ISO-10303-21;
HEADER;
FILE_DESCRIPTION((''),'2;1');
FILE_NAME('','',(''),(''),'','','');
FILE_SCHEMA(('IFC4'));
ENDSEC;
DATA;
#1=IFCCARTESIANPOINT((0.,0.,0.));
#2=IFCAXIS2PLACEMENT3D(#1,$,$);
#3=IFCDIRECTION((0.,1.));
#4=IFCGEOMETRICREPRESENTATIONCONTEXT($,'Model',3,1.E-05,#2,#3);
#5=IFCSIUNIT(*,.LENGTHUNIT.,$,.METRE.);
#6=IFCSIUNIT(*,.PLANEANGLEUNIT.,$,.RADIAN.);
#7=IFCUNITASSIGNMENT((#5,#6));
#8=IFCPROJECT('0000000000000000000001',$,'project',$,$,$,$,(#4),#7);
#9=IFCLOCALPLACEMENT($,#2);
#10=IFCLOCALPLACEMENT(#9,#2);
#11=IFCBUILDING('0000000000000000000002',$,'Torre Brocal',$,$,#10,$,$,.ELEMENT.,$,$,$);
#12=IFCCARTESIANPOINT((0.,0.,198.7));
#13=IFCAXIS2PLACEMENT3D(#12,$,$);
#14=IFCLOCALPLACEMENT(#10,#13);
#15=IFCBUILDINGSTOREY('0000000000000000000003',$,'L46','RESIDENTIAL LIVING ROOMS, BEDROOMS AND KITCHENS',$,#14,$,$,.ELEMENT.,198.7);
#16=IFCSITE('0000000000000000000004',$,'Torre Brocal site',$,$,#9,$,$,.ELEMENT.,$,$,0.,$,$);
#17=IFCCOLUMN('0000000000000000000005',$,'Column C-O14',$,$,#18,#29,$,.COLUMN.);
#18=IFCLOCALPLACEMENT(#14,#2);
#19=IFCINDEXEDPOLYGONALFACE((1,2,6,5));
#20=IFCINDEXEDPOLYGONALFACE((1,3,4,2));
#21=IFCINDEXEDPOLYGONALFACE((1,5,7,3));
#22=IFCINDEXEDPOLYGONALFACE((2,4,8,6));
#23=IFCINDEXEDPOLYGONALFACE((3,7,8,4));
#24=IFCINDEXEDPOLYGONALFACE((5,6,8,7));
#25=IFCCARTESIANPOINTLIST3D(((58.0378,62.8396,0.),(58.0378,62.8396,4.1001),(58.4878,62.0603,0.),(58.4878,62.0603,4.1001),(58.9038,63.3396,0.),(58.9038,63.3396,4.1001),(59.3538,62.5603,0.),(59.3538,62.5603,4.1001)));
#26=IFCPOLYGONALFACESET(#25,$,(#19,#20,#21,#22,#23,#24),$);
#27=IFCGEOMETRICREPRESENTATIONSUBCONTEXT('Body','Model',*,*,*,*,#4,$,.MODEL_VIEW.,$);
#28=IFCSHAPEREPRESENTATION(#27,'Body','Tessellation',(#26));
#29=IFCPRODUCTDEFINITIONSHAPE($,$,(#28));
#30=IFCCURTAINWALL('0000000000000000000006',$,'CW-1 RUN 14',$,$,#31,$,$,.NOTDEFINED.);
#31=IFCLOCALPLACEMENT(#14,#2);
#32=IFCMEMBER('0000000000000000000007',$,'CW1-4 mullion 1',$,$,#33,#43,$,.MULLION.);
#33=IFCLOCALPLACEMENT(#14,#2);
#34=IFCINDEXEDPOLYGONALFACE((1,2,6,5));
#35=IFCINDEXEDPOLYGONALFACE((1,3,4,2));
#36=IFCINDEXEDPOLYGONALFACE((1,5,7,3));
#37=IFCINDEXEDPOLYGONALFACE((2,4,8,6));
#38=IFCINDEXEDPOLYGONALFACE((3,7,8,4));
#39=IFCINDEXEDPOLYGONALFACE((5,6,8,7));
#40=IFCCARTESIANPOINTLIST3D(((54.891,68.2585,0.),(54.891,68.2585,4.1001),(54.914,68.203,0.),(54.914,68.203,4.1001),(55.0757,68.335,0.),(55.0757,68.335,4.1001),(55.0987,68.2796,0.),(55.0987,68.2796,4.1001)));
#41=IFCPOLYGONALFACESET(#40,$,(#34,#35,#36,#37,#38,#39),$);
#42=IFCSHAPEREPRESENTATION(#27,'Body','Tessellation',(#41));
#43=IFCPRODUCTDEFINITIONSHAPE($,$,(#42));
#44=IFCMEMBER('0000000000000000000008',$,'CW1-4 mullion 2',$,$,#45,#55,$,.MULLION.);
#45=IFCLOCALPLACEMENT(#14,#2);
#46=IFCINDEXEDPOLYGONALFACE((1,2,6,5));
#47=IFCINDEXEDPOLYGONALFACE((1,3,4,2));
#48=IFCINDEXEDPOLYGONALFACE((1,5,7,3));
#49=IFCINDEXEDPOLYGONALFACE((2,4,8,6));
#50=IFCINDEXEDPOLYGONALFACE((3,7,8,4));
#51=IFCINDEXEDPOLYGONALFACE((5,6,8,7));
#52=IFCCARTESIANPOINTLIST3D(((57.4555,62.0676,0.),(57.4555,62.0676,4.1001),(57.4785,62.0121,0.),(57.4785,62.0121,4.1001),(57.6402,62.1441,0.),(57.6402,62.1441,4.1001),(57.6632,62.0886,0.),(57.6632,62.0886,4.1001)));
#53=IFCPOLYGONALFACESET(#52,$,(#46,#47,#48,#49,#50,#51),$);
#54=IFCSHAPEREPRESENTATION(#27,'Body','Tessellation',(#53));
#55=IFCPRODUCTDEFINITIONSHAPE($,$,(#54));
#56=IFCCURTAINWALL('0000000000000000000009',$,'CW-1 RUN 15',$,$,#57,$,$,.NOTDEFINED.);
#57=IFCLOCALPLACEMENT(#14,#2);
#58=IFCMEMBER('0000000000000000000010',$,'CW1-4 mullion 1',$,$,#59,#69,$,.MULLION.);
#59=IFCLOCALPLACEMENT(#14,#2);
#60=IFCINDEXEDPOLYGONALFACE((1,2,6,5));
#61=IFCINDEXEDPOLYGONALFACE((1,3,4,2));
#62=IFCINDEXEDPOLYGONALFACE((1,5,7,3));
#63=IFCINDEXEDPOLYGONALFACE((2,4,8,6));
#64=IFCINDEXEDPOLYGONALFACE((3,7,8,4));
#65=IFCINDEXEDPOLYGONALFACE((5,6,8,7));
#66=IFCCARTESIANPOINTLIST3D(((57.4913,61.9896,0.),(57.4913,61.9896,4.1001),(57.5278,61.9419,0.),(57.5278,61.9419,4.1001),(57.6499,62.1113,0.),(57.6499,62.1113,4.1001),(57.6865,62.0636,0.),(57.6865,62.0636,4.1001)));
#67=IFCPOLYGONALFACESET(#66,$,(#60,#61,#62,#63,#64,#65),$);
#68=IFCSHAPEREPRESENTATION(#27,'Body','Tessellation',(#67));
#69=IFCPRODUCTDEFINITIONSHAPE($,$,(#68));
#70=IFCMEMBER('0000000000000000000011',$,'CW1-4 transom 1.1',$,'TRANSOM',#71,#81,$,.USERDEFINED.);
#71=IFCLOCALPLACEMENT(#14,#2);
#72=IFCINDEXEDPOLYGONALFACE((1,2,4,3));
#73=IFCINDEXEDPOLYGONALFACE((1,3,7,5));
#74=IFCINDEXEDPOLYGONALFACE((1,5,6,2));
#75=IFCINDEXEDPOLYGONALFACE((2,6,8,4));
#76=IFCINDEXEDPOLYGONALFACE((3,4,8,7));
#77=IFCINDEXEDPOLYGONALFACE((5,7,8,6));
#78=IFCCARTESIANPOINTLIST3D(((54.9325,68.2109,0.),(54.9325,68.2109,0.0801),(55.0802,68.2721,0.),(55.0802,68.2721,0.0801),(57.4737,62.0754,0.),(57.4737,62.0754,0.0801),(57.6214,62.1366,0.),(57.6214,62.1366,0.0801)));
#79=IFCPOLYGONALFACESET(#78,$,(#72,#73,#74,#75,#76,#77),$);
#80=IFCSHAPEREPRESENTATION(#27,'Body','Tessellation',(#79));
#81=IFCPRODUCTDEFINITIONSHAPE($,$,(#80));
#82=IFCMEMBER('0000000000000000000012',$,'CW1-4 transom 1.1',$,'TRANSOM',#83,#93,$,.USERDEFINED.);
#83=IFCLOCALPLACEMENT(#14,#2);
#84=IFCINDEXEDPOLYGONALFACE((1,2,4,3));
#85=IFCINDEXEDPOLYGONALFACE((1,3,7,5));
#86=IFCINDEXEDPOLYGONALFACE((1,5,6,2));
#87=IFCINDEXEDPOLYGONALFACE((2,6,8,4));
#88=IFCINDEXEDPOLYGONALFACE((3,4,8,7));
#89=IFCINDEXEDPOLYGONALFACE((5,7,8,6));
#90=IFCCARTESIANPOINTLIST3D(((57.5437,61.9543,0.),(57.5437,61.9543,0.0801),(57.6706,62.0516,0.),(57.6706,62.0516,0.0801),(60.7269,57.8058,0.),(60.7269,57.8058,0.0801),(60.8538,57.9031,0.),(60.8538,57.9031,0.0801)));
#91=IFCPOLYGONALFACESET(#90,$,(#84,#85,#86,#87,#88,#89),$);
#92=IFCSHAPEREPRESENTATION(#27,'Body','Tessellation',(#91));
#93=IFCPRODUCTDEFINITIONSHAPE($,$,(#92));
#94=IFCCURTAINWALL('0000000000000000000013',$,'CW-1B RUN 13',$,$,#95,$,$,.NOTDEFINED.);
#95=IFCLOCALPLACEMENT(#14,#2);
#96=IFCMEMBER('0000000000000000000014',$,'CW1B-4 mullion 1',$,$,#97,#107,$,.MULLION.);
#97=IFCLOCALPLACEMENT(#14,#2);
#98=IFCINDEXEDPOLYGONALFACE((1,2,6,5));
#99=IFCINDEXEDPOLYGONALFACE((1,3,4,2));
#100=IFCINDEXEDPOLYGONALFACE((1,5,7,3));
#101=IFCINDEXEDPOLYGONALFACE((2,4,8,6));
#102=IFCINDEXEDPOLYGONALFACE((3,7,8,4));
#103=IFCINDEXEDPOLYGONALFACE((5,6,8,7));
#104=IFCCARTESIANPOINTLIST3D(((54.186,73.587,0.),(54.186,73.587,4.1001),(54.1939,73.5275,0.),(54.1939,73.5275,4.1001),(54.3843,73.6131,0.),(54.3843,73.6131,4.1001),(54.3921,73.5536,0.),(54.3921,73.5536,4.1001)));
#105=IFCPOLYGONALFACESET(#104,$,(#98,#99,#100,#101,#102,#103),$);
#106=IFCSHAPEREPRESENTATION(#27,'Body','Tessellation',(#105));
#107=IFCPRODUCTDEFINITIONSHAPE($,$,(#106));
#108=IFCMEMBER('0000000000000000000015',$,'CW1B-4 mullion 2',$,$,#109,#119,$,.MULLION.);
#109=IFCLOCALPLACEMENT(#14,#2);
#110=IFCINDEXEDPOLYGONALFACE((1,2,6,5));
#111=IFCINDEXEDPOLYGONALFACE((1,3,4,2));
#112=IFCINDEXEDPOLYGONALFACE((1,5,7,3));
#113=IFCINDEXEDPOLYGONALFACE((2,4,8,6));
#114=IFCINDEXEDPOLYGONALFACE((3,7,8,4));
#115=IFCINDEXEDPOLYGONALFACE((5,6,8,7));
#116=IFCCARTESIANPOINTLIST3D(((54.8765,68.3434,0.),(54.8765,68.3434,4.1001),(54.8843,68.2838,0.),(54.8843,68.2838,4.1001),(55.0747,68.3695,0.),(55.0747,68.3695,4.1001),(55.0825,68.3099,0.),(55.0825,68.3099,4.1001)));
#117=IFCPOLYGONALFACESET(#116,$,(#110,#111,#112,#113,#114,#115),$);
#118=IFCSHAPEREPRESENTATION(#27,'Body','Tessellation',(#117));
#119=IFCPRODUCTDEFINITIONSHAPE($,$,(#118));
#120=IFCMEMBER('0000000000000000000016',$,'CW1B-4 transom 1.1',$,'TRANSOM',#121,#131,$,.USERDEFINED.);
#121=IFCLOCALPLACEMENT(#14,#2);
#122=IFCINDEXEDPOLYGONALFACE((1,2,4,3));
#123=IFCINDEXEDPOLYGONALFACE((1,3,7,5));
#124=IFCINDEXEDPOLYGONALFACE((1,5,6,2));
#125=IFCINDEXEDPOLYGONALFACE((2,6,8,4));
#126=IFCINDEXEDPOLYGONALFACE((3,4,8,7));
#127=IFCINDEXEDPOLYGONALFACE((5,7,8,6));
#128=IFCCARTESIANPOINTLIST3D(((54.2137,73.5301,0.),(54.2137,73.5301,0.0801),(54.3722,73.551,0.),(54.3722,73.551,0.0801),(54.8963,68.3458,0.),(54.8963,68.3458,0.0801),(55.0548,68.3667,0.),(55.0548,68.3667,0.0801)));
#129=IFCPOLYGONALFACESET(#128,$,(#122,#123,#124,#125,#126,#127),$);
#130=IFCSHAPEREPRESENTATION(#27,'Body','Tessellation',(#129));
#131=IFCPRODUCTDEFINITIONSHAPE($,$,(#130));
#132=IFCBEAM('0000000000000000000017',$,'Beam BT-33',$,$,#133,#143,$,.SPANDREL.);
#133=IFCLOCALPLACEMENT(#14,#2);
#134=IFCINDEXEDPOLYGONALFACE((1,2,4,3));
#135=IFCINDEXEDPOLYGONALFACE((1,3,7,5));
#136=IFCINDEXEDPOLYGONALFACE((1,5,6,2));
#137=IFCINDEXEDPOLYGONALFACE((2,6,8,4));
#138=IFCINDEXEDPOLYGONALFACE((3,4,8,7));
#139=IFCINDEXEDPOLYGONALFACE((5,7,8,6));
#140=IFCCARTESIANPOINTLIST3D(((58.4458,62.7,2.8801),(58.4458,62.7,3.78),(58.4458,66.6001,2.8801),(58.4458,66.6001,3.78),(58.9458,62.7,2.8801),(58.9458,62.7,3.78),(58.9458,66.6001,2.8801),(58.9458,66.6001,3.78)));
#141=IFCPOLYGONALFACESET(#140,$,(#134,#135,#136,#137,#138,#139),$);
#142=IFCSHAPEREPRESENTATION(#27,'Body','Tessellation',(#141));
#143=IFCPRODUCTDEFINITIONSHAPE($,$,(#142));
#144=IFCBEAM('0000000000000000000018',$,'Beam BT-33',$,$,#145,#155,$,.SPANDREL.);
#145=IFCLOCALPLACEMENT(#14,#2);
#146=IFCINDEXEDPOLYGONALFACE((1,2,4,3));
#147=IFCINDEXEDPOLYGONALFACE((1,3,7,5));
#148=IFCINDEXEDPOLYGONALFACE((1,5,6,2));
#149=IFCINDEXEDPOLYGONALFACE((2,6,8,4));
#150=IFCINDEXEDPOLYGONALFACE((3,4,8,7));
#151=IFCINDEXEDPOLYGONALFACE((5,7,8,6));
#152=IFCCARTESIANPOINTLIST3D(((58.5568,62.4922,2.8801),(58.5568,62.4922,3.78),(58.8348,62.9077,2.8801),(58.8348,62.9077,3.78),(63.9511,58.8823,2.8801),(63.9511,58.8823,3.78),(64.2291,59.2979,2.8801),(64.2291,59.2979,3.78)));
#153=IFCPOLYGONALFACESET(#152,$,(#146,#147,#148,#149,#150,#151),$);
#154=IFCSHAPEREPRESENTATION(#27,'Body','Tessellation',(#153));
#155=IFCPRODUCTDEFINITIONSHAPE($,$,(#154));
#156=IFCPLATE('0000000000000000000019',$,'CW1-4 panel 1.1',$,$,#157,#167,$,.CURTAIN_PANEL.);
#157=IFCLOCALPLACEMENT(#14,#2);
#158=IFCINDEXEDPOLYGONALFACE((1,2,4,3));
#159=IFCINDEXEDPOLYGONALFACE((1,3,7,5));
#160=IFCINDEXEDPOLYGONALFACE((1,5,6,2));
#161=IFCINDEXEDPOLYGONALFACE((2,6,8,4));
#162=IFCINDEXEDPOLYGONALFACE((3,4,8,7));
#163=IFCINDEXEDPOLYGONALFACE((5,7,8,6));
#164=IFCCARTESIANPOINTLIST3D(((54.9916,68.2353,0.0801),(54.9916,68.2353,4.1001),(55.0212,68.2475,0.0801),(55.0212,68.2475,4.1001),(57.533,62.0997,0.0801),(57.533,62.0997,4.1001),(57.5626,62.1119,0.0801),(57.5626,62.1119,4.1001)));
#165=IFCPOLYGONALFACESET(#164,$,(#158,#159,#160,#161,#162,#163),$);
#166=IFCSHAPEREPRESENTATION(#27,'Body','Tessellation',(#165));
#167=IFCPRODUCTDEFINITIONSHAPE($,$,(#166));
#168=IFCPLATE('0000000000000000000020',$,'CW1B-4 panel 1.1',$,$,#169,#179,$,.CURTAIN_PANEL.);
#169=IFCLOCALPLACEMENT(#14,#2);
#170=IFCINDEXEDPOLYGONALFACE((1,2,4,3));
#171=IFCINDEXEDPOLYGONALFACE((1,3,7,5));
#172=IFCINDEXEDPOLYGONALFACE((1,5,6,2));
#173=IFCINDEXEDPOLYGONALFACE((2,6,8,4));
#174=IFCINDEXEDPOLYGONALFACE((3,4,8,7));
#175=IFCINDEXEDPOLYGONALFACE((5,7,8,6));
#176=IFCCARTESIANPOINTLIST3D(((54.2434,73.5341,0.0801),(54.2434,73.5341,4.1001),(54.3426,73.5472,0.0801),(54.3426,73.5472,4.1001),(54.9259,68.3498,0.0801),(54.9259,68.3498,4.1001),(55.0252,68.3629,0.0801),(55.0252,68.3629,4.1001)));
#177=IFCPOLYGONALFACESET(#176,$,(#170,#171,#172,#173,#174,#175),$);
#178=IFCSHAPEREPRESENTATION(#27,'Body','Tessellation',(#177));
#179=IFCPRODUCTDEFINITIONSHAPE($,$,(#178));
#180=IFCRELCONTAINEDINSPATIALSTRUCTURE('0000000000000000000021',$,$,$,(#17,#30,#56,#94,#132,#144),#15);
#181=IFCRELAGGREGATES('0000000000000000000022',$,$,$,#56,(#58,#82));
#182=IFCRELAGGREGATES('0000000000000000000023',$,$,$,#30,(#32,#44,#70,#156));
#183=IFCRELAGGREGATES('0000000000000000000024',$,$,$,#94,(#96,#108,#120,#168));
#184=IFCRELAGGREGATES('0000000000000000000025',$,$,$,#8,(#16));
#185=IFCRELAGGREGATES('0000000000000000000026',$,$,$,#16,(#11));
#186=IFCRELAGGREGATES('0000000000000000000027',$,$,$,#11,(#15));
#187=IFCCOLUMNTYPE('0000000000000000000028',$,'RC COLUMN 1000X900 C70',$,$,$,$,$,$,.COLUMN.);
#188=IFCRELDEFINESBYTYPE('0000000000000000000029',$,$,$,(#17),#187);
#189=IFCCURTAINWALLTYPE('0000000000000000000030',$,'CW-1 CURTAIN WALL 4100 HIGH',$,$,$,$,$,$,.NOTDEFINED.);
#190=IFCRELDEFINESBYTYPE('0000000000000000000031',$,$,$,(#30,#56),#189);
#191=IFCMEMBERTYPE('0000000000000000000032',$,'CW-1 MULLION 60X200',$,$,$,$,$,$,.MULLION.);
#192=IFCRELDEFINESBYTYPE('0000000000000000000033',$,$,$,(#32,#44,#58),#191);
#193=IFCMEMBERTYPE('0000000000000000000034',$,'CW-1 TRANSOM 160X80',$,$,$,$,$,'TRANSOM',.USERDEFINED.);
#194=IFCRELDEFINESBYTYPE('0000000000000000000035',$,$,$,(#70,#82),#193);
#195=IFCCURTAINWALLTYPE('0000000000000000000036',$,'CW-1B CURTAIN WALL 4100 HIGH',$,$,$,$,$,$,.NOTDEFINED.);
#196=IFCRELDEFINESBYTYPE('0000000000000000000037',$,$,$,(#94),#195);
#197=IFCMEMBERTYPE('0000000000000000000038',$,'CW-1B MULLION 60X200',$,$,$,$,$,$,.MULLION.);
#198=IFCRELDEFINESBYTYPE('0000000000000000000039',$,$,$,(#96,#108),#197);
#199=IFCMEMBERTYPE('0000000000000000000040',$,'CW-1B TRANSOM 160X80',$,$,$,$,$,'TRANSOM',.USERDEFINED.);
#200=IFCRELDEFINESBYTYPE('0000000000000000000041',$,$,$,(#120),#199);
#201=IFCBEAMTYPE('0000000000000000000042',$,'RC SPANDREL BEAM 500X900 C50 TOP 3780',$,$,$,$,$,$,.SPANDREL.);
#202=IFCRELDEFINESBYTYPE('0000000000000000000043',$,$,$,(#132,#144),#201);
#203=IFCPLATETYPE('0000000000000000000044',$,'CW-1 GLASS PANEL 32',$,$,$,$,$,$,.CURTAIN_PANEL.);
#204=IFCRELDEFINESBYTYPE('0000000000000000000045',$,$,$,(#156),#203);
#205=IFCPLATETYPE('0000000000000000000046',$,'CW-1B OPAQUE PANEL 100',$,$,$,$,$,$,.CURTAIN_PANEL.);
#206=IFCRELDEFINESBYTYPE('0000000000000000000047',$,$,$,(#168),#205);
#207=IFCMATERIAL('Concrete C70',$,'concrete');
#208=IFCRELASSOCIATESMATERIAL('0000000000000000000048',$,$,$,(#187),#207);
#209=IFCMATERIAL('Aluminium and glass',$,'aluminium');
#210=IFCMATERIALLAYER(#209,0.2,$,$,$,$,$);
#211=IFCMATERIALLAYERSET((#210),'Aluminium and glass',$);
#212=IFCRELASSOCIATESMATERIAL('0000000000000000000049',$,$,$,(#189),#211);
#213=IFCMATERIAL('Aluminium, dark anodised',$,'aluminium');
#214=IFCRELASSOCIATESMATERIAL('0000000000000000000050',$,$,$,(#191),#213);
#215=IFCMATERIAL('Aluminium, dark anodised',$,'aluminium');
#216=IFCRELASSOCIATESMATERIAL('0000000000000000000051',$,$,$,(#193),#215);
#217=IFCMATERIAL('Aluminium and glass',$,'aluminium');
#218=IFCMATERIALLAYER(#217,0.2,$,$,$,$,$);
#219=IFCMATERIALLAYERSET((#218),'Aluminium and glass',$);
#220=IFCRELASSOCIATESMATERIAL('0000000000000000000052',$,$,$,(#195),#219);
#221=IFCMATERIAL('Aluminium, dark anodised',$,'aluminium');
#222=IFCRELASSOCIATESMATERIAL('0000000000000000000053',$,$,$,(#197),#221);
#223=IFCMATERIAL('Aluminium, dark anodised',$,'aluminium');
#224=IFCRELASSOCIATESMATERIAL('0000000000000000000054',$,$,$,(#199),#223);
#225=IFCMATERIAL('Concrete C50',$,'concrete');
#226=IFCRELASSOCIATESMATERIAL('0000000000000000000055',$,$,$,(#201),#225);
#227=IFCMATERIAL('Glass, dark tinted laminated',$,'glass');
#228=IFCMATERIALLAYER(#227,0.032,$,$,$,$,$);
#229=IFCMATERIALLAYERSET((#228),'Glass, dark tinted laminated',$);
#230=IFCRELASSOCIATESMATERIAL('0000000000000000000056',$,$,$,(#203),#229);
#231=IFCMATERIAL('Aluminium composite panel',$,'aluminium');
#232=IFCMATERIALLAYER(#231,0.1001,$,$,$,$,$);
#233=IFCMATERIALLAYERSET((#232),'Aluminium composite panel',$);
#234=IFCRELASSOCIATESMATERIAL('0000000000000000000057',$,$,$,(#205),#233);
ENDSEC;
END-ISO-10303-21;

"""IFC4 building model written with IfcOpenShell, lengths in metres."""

from ifc_helpers import new_model, si_unit, direction, frame, origin, origin_2d, place, context, subcontext, project, spatial, rectangle, extrude, material, layer, layer_set, material_profile, profile_set, type_object, element, aggregate, save


model = new_model("IFC4")

# Units and contexts
model_context = context("Model", 3, precision=1e-05, world=origin(), true_north=direction((0.0, 1.0)))
body_context = subcontext(model_context, "Body", "Model", "MODEL_VIEW")
ifc_project = project(units=[si_unit("LENGTHUNIT", "METRE"), si_unit("PLANEANGLEUNIT", "RADIAN")], contexts=[model_context])

# Site, building, storey
site_placement = place(None, origin())
site = spatial("IfcSite", under=ifc_project, at=site_placement, Name="Torre Brocal site", CompositionType="ELEMENT", RefElevation=0.0)
building_placement = place(site_placement, origin())
building = spatial("IfcBuilding", under=site, at=building_placement, Name="Torre Brocal", CompositionType="ELEMENT")
storey_placement = place(building_placement, frame((0.0, 0.0, 198.7)))
storey = spatial("IfcBuildingStorey", under=building, at=storey_placement, Name="L46", Description="RESIDENTIAL LIVING ROOMS, BEDROOMS AND KITCHENS", CompositionType="ELEMENT", Elevation=198.7)

# Column
ifc_material_1 = material(Name="Concrete C70", Category="concrete")
ifc_material_profile_1 = material_profile(ifc_material_1, rectangle(XDim=1.0, YDim=0.8999, at=origin_2d()), Name="RC 1000X900")
ifc_profile_set_1 = profile_set([ifc_material_profile_1], Name="Concrete C70")
column_type = type_object("IfcColumnType", Name="RC COLUMN 1000X900 C70", PredefinedType="COLUMN", material=ifc_profile_set_1)
column_placement = place(storey_placement, frame((58.6958, 62.7, 0.0), z_axis=(0.0, 0.0, 1.0), x_axis=(-0.866025, -0.5, 0.0)))
element("IfcColumn", 1, at=column_placement, inside=storey, type_object=column_type, Name="Column C-O14", PredefinedType="COLUMN", context=body_context, shape_type="SweptSolid", body=[
    extrude(rectangle(XDim=1.0, YDim=0.8999, at=origin_2d()), origin(), (0.0, 0.0, 1.0), 4.1001),
])

# Curtain wall, members
ifc_material_2 = material(Name="Aluminium and glass", Category="aluminium")
ifc_layer_1 = layer(ifc_material_2, 0.2)
ifc_layer_set_1 = layer_set([ifc_layer_1], Name="Aluminium and glass")
curtain_wall_type_1 = type_object("IfcCurtainWallType", Name="CW-1 CURTAIN WALL 4100 HIGH", PredefinedType="NOTDEFINED", material=ifc_layer_set_1)
curtain_wall_1_placement = place(storey_placement, origin())
curtain_wall_1 = element("IfcCurtainWall", 2, at=curtain_wall_1_placement, inside=storey, type_object=curtain_wall_type_1, Name="CW-1 RUN 14", PredefinedType="NOTDEFINED")
ifc_material_3 = material(Name="Aluminium, dark anodised", Category="aluminium")
ifc_material_profile_2 = material_profile(ifc_material_3, rectangle(XDim=0.2, YDim=0.0601, at=origin_2d()), Name="CW-1 MULLION 60X200")
ifc_profile_set_2 = profile_set([ifc_material_profile_2], Name="Aluminium, dark anodised")
member_type_1 = type_object("IfcMemberType", Name="CW-1 MULLION 60X200", PredefinedType="MULLION", material=ifc_profile_set_2)
member_1_placement = place(storey_placement, frame((54.9949, 68.269, 0.0), z_axis=(0.0, 0.0, 1.0), x_axis=(0.92388, 0.382683, 0.0)))
member_1 = element("IfcMember", 3, at=member_1_placement, type_object=member_type_1, Name="CW1-4 mullion 1", PredefinedType="MULLION", context=body_context, shape_type="SweptSolid", body=[
    extrude(rectangle(XDim=0.2, YDim=0.0601, at=origin_2d()), origin(), (0.0, 0.0, 1.0), 4.1001),
])
member_2_placement = place(storey_placement, frame((57.5593, 62.0781, 0.0), z_axis=(0.0, 0.0, 1.0), x_axis=(0.92388, 0.382683, 0.0)))
member_2 = element("IfcMember", 4, at=member_2_placement, type_object=member_type_1, Name="CW1-4 mullion 2", PredefinedType="MULLION", context=body_context, shape_type="SweptSolid", body=[
    extrude(rectangle(XDim=0.2, YDim=0.0601, at=origin_2d()), origin(), (0.0, 0.0, 1.0), 4.1001),
])

# Curtain wall, member
curtain_wall_2_placement = place(storey_placement, origin())
curtain_wall_2 = element("IfcCurtainWall", 5, at=curtain_wall_2_placement, inside=storey, type_object=curtain_wall_type_1, Name="CW-1 RUN 15", PredefinedType="NOTDEFINED")
member_3_placement = place(storey_placement, frame((57.5889, 62.0266, 0.0), z_axis=(0.0, 0.0, 1.0), x_axis=(0.793353, 0.608761, 0.0)))
member_3 = element("IfcMember", 6, at=member_3_placement, type_object=member_type_1, Name="CW1-4 mullion 1", PredefinedType="MULLION", context=body_context, shape_type="SweptSolid", body=[
    extrude(rectangle(XDim=0.2, YDim=0.0601, at=origin_2d()), origin(), (0.0, 0.0, 1.0), 4.1001),
])

# Members
ifc_material_4 = material(Name="Aluminium, dark anodised", Category="aluminium")
ifc_material_profile_3 = material_profile(ifc_material_4, rectangle(XDim=0.1599, YDim=0.0801, at=origin_2d()), Name="CW-1 TRANSOM 160X80")
ifc_profile_set_3 = profile_set([ifc_material_profile_3], Name="Aluminium, dark anodised")
member_type_2 = type_object("IfcMemberType", Name="CW-1 TRANSOM 160X80", ElementType="TRANSOM", PredefinedType="USERDEFINED", material=ifc_profile_set_3)
member_4_placement = place(storey_placement, frame((55.0063, 68.2415, 0.04), z_axis=(0.382665, -0.923887, 0.0), x_axis=(0.923887, 0.382665, 0.0)))
member_4 = element("IfcMember", 7, at=member_4_placement, type_object=member_type_2, Name="CW1-4 transom 1.1", ObjectType="TRANSOM", PredefinedType="USERDEFINED", context=body_context, shape_type="SweptSolid", body=[
    extrude(rectangle(XDim=0.1599, YDim=0.0801, at=origin_2d()), origin(), (0.0, 0.0, 1.0), 6.6409),
])
member_5_placement = place(storey_placement, frame((57.6072, 62.0029, 0.04), z_axis=(0.608749, -0.793363, 0.0), x_axis=(0.793363, 0.608749, 0.0)))
member_5 = element("IfcMember", 8, at=member_5_placement, type_object=member_type_2, Name="CW1-4 transom 1.1", ObjectType="TRANSOM", PredefinedType="USERDEFINED", context=body_context, shape_type="SweptSolid", body=[
    extrude(rectangle(XDim=0.1599, YDim=0.0801, at=origin_2d()), origin(), (0.0, 0.0, 1.0), 5.229),
])
aggregate(curtain_wall_2, [member_3, member_5])

# Curtain wall, members
ifc_material_5 = material(Name="Aluminium and glass", Category="aluminium")
ifc_layer_2 = layer(ifc_material_5, 0.2)
ifc_layer_set_2 = layer_set([ifc_layer_2], Name="Aluminium and glass")
curtain_wall_type_2 = type_object("IfcCurtainWallType", Name="CW-1B CURTAIN WALL 4100 HIGH", PredefinedType="NOTDEFINED", material=ifc_layer_set_2)
curtain_wall_3_placement = place(storey_placement, origin())
curtain_wall_3 = element("IfcCurtainWall", 9, at=curtain_wall_3_placement, inside=storey, type_object=curtain_wall_type_2, Name="CW-1B RUN 13", PredefinedType="NOTDEFINED")
ifc_material_6 = material(Name="Aluminium, dark anodised", Category="aluminium")
ifc_material_profile_4 = material_profile(ifc_material_6, rectangle(XDim=0.2, YDim=0.0601, at=origin_2d()), Name="CW-1B MULLION 60X200")
ifc_profile_set_4 = profile_set([ifc_material_profile_4], Name="Aluminium, dark anodised")
member_type_3 = type_object("IfcMemberType", Name="CW-1B MULLION 60X200", PredefinedType="MULLION", material=ifc_profile_set_4)
member_6_placement = place(storey_placement, frame((54.2891, 73.5703, 0.0), z_axis=(0.0, 0.0, 1.0), x_axis=(0.991445, 0.130526, 0.0)))
member_6 = element("IfcMember", 10, at=member_6_placement, type_object=member_type_3, Name="CW1B-4 mullion 1", PredefinedType="MULLION", context=body_context, shape_type="SweptSolid", body=[
    extrude(rectangle(XDim=0.2, YDim=0.0601, at=origin_2d()), origin(), (0.0, 0.0, 1.0), 4.1001),
])
member_7_placement = place(storey_placement, frame((54.9795, 68.3267, 0.0), z_axis=(0.0, 0.0, 1.0), x_axis=(0.991445, 0.130526, 0.0)))
member_7 = element("IfcMember", 11, at=member_7_placement, type_object=member_type_3, Name="CW1B-4 mullion 2", PredefinedType="MULLION", context=body_context, shape_type="SweptSolid", body=[
    extrude(rectangle(XDim=0.2, YDim=0.0601, at=origin_2d()), origin(), (0.0, 0.0, 1.0), 4.1001),
])
ifc_material_7 = material(Name="Aluminium, dark anodised", Category="aluminium")
ifc_material_profile_5 = material_profile(ifc_material_7, rectangle(XDim=0.1599, YDim=0.0801, at=origin_2d()), Name="CW-1B TRANSOM 160X80")
ifc_profile_set_5 = profile_set([ifc_material_profile_5], Name="Aluminium, dark anodised")
member_type_4 = type_object("IfcMemberType", Name="CW-1B TRANSOM 160X80", ElementType="TRANSOM", PredefinedType="USERDEFINED", material=ifc_profile_set_5)
member_8_placement = place(storey_placement, frame((54.293, 73.5405, 0.04), z_axis=(0.130543, -0.991443, 0.0), x_axis=(0.991443, 0.130543, 0.0)))
member_8 = element("IfcMember", 12, at=member_8_placement, type_object=member_type_4, Name="CW1B-4 transom 1.1", ObjectType="TRANSOM", PredefinedType="USERDEFINED", context=body_context, shape_type="SweptSolid", body=[
    extrude(rectangle(XDim=0.1599, YDim=0.0801, at=origin_2d()), origin(), (0.0, 0.0, 1.0), 5.229),
])

# Beams
ifc_material_8 = material(Name="Concrete C50", Category="concrete")
ifc_material_profile_6 = material_profile(ifc_material_8, rectangle(XDim=0.5, YDim=0.8999, at=origin_2d()), Name="RC 500X900")
ifc_profile_set_6 = profile_set([ifc_material_profile_6], Name="Concrete C50")
beam_type = type_object("IfcBeamType", Name="RC SPANDREL BEAM 500X900 C50 TOP 3780", PredefinedType="SPANDREL", material=ifc_profile_set_6)
beam_1_placement = place(storey_placement, frame((58.6958, 62.7, 3.3301), z_axis=(0.0, 1.0, 0.0), x_axis=(-1.0, 0.0, 0.0)))
element("IfcBeam", 13, at=beam_1_placement, inside=storey, type_object=beam_type, Name="Beam BT-33", PredefinedType="SPANDREL", context=body_context, shape_type="SweptSolid", body=[
    extrude(rectangle(XDim=0.5, YDim=0.8999, at=origin_2d()), origin(), (0.0, 0.0, 1.0), 3.9001),
])
beam_2_placement = place(storey_placement, frame((58.6958, 62.7, 3.3301), z_axis=(0.831077, -0.556158, 0.0), x_axis=(0.556158, 0.831077, 0.0)))
element("IfcBeam", 14, at=beam_2_placement, inside=storey, type_object=beam_type, Name="Beam BT-33", PredefinedType="SPANDREL", context=body_context, shape_type="SweptSolid", body=[
    extrude(rectangle(XDim=0.5, YDim=0.8999, at=origin_2d()), origin(), (0.0, 0.0, 1.0), 6.4907),
])

# Plates
ifc_material_9 = material(Name="Glass, dark tinted laminated", Category="glass")
ifc_layer_3 = layer(ifc_material_9, 0.032)
ifc_layer_set_3 = layer_set([ifc_layer_3], Name="Glass, dark tinted laminated")
plate_type_1 = type_object("IfcPlateType", Name="CW-1 GLASS PANEL 32", PredefinedType="CURTAIN_PANEL", material=ifc_layer_set_3)
plate_1_placement = place(storey_placement, frame((56.2771, 65.1736, 0.0801), z_axis=(0.0, 0.0, 1.0), x_axis=(0.382683, -0.92388, 0.0)))
plate_1 = element("IfcPlate", 15, at=plate_1_placement, type_object=plate_type_1, Name="CW1-4 panel 1.1", PredefinedType="CURTAIN_PANEL", context=body_context, shape_type="SweptSolid", body=[
    extrude(rectangle(XDim=6.6411, YDim=0.032, at=origin_2d()), origin(), (0.0, 0.0, 1.0), 4.02),
])
aggregate(curtain_wall_1, [member_1, member_2, member_4, plate_1])
ifc_material_10 = material(Name="Aluminium composite panel", Category="aluminium")
ifc_layer_4 = layer(ifc_material_10, 0.1001)
ifc_layer_set_4 = layer_set([ifc_layer_4], Name="Aluminium composite panel")
plate_type_2 = type_object("IfcPlateType", Name="CW-1B OPAQUE PANEL 100", PredefinedType="CURTAIN_PANEL", material=ifc_layer_set_4)
plate_2_placement = place(storey_placement, frame((54.6343, 70.9485, 0.0801), z_axis=(0.0, 0.0, 1.0), x_axis=(0.130526, -0.991445, 0.0)))
plate_2 = element("IfcPlate", 16, at=plate_2_placement, type_object=plate_type_2, Name="CW1B-4 panel 1.1", PredefinedType="CURTAIN_PANEL", context=body_context, shape_type="SweptSolid", body=[
    extrude(rectangle(XDim=5.229, YDim=0.1001, at=origin_2d()), origin(), (0.0, 0.0, 1.0), 4.02),
])
aggregate(curtain_wall_3, [member_6, member_7, member_8, plate_2])

save(model, "model.ifc")
